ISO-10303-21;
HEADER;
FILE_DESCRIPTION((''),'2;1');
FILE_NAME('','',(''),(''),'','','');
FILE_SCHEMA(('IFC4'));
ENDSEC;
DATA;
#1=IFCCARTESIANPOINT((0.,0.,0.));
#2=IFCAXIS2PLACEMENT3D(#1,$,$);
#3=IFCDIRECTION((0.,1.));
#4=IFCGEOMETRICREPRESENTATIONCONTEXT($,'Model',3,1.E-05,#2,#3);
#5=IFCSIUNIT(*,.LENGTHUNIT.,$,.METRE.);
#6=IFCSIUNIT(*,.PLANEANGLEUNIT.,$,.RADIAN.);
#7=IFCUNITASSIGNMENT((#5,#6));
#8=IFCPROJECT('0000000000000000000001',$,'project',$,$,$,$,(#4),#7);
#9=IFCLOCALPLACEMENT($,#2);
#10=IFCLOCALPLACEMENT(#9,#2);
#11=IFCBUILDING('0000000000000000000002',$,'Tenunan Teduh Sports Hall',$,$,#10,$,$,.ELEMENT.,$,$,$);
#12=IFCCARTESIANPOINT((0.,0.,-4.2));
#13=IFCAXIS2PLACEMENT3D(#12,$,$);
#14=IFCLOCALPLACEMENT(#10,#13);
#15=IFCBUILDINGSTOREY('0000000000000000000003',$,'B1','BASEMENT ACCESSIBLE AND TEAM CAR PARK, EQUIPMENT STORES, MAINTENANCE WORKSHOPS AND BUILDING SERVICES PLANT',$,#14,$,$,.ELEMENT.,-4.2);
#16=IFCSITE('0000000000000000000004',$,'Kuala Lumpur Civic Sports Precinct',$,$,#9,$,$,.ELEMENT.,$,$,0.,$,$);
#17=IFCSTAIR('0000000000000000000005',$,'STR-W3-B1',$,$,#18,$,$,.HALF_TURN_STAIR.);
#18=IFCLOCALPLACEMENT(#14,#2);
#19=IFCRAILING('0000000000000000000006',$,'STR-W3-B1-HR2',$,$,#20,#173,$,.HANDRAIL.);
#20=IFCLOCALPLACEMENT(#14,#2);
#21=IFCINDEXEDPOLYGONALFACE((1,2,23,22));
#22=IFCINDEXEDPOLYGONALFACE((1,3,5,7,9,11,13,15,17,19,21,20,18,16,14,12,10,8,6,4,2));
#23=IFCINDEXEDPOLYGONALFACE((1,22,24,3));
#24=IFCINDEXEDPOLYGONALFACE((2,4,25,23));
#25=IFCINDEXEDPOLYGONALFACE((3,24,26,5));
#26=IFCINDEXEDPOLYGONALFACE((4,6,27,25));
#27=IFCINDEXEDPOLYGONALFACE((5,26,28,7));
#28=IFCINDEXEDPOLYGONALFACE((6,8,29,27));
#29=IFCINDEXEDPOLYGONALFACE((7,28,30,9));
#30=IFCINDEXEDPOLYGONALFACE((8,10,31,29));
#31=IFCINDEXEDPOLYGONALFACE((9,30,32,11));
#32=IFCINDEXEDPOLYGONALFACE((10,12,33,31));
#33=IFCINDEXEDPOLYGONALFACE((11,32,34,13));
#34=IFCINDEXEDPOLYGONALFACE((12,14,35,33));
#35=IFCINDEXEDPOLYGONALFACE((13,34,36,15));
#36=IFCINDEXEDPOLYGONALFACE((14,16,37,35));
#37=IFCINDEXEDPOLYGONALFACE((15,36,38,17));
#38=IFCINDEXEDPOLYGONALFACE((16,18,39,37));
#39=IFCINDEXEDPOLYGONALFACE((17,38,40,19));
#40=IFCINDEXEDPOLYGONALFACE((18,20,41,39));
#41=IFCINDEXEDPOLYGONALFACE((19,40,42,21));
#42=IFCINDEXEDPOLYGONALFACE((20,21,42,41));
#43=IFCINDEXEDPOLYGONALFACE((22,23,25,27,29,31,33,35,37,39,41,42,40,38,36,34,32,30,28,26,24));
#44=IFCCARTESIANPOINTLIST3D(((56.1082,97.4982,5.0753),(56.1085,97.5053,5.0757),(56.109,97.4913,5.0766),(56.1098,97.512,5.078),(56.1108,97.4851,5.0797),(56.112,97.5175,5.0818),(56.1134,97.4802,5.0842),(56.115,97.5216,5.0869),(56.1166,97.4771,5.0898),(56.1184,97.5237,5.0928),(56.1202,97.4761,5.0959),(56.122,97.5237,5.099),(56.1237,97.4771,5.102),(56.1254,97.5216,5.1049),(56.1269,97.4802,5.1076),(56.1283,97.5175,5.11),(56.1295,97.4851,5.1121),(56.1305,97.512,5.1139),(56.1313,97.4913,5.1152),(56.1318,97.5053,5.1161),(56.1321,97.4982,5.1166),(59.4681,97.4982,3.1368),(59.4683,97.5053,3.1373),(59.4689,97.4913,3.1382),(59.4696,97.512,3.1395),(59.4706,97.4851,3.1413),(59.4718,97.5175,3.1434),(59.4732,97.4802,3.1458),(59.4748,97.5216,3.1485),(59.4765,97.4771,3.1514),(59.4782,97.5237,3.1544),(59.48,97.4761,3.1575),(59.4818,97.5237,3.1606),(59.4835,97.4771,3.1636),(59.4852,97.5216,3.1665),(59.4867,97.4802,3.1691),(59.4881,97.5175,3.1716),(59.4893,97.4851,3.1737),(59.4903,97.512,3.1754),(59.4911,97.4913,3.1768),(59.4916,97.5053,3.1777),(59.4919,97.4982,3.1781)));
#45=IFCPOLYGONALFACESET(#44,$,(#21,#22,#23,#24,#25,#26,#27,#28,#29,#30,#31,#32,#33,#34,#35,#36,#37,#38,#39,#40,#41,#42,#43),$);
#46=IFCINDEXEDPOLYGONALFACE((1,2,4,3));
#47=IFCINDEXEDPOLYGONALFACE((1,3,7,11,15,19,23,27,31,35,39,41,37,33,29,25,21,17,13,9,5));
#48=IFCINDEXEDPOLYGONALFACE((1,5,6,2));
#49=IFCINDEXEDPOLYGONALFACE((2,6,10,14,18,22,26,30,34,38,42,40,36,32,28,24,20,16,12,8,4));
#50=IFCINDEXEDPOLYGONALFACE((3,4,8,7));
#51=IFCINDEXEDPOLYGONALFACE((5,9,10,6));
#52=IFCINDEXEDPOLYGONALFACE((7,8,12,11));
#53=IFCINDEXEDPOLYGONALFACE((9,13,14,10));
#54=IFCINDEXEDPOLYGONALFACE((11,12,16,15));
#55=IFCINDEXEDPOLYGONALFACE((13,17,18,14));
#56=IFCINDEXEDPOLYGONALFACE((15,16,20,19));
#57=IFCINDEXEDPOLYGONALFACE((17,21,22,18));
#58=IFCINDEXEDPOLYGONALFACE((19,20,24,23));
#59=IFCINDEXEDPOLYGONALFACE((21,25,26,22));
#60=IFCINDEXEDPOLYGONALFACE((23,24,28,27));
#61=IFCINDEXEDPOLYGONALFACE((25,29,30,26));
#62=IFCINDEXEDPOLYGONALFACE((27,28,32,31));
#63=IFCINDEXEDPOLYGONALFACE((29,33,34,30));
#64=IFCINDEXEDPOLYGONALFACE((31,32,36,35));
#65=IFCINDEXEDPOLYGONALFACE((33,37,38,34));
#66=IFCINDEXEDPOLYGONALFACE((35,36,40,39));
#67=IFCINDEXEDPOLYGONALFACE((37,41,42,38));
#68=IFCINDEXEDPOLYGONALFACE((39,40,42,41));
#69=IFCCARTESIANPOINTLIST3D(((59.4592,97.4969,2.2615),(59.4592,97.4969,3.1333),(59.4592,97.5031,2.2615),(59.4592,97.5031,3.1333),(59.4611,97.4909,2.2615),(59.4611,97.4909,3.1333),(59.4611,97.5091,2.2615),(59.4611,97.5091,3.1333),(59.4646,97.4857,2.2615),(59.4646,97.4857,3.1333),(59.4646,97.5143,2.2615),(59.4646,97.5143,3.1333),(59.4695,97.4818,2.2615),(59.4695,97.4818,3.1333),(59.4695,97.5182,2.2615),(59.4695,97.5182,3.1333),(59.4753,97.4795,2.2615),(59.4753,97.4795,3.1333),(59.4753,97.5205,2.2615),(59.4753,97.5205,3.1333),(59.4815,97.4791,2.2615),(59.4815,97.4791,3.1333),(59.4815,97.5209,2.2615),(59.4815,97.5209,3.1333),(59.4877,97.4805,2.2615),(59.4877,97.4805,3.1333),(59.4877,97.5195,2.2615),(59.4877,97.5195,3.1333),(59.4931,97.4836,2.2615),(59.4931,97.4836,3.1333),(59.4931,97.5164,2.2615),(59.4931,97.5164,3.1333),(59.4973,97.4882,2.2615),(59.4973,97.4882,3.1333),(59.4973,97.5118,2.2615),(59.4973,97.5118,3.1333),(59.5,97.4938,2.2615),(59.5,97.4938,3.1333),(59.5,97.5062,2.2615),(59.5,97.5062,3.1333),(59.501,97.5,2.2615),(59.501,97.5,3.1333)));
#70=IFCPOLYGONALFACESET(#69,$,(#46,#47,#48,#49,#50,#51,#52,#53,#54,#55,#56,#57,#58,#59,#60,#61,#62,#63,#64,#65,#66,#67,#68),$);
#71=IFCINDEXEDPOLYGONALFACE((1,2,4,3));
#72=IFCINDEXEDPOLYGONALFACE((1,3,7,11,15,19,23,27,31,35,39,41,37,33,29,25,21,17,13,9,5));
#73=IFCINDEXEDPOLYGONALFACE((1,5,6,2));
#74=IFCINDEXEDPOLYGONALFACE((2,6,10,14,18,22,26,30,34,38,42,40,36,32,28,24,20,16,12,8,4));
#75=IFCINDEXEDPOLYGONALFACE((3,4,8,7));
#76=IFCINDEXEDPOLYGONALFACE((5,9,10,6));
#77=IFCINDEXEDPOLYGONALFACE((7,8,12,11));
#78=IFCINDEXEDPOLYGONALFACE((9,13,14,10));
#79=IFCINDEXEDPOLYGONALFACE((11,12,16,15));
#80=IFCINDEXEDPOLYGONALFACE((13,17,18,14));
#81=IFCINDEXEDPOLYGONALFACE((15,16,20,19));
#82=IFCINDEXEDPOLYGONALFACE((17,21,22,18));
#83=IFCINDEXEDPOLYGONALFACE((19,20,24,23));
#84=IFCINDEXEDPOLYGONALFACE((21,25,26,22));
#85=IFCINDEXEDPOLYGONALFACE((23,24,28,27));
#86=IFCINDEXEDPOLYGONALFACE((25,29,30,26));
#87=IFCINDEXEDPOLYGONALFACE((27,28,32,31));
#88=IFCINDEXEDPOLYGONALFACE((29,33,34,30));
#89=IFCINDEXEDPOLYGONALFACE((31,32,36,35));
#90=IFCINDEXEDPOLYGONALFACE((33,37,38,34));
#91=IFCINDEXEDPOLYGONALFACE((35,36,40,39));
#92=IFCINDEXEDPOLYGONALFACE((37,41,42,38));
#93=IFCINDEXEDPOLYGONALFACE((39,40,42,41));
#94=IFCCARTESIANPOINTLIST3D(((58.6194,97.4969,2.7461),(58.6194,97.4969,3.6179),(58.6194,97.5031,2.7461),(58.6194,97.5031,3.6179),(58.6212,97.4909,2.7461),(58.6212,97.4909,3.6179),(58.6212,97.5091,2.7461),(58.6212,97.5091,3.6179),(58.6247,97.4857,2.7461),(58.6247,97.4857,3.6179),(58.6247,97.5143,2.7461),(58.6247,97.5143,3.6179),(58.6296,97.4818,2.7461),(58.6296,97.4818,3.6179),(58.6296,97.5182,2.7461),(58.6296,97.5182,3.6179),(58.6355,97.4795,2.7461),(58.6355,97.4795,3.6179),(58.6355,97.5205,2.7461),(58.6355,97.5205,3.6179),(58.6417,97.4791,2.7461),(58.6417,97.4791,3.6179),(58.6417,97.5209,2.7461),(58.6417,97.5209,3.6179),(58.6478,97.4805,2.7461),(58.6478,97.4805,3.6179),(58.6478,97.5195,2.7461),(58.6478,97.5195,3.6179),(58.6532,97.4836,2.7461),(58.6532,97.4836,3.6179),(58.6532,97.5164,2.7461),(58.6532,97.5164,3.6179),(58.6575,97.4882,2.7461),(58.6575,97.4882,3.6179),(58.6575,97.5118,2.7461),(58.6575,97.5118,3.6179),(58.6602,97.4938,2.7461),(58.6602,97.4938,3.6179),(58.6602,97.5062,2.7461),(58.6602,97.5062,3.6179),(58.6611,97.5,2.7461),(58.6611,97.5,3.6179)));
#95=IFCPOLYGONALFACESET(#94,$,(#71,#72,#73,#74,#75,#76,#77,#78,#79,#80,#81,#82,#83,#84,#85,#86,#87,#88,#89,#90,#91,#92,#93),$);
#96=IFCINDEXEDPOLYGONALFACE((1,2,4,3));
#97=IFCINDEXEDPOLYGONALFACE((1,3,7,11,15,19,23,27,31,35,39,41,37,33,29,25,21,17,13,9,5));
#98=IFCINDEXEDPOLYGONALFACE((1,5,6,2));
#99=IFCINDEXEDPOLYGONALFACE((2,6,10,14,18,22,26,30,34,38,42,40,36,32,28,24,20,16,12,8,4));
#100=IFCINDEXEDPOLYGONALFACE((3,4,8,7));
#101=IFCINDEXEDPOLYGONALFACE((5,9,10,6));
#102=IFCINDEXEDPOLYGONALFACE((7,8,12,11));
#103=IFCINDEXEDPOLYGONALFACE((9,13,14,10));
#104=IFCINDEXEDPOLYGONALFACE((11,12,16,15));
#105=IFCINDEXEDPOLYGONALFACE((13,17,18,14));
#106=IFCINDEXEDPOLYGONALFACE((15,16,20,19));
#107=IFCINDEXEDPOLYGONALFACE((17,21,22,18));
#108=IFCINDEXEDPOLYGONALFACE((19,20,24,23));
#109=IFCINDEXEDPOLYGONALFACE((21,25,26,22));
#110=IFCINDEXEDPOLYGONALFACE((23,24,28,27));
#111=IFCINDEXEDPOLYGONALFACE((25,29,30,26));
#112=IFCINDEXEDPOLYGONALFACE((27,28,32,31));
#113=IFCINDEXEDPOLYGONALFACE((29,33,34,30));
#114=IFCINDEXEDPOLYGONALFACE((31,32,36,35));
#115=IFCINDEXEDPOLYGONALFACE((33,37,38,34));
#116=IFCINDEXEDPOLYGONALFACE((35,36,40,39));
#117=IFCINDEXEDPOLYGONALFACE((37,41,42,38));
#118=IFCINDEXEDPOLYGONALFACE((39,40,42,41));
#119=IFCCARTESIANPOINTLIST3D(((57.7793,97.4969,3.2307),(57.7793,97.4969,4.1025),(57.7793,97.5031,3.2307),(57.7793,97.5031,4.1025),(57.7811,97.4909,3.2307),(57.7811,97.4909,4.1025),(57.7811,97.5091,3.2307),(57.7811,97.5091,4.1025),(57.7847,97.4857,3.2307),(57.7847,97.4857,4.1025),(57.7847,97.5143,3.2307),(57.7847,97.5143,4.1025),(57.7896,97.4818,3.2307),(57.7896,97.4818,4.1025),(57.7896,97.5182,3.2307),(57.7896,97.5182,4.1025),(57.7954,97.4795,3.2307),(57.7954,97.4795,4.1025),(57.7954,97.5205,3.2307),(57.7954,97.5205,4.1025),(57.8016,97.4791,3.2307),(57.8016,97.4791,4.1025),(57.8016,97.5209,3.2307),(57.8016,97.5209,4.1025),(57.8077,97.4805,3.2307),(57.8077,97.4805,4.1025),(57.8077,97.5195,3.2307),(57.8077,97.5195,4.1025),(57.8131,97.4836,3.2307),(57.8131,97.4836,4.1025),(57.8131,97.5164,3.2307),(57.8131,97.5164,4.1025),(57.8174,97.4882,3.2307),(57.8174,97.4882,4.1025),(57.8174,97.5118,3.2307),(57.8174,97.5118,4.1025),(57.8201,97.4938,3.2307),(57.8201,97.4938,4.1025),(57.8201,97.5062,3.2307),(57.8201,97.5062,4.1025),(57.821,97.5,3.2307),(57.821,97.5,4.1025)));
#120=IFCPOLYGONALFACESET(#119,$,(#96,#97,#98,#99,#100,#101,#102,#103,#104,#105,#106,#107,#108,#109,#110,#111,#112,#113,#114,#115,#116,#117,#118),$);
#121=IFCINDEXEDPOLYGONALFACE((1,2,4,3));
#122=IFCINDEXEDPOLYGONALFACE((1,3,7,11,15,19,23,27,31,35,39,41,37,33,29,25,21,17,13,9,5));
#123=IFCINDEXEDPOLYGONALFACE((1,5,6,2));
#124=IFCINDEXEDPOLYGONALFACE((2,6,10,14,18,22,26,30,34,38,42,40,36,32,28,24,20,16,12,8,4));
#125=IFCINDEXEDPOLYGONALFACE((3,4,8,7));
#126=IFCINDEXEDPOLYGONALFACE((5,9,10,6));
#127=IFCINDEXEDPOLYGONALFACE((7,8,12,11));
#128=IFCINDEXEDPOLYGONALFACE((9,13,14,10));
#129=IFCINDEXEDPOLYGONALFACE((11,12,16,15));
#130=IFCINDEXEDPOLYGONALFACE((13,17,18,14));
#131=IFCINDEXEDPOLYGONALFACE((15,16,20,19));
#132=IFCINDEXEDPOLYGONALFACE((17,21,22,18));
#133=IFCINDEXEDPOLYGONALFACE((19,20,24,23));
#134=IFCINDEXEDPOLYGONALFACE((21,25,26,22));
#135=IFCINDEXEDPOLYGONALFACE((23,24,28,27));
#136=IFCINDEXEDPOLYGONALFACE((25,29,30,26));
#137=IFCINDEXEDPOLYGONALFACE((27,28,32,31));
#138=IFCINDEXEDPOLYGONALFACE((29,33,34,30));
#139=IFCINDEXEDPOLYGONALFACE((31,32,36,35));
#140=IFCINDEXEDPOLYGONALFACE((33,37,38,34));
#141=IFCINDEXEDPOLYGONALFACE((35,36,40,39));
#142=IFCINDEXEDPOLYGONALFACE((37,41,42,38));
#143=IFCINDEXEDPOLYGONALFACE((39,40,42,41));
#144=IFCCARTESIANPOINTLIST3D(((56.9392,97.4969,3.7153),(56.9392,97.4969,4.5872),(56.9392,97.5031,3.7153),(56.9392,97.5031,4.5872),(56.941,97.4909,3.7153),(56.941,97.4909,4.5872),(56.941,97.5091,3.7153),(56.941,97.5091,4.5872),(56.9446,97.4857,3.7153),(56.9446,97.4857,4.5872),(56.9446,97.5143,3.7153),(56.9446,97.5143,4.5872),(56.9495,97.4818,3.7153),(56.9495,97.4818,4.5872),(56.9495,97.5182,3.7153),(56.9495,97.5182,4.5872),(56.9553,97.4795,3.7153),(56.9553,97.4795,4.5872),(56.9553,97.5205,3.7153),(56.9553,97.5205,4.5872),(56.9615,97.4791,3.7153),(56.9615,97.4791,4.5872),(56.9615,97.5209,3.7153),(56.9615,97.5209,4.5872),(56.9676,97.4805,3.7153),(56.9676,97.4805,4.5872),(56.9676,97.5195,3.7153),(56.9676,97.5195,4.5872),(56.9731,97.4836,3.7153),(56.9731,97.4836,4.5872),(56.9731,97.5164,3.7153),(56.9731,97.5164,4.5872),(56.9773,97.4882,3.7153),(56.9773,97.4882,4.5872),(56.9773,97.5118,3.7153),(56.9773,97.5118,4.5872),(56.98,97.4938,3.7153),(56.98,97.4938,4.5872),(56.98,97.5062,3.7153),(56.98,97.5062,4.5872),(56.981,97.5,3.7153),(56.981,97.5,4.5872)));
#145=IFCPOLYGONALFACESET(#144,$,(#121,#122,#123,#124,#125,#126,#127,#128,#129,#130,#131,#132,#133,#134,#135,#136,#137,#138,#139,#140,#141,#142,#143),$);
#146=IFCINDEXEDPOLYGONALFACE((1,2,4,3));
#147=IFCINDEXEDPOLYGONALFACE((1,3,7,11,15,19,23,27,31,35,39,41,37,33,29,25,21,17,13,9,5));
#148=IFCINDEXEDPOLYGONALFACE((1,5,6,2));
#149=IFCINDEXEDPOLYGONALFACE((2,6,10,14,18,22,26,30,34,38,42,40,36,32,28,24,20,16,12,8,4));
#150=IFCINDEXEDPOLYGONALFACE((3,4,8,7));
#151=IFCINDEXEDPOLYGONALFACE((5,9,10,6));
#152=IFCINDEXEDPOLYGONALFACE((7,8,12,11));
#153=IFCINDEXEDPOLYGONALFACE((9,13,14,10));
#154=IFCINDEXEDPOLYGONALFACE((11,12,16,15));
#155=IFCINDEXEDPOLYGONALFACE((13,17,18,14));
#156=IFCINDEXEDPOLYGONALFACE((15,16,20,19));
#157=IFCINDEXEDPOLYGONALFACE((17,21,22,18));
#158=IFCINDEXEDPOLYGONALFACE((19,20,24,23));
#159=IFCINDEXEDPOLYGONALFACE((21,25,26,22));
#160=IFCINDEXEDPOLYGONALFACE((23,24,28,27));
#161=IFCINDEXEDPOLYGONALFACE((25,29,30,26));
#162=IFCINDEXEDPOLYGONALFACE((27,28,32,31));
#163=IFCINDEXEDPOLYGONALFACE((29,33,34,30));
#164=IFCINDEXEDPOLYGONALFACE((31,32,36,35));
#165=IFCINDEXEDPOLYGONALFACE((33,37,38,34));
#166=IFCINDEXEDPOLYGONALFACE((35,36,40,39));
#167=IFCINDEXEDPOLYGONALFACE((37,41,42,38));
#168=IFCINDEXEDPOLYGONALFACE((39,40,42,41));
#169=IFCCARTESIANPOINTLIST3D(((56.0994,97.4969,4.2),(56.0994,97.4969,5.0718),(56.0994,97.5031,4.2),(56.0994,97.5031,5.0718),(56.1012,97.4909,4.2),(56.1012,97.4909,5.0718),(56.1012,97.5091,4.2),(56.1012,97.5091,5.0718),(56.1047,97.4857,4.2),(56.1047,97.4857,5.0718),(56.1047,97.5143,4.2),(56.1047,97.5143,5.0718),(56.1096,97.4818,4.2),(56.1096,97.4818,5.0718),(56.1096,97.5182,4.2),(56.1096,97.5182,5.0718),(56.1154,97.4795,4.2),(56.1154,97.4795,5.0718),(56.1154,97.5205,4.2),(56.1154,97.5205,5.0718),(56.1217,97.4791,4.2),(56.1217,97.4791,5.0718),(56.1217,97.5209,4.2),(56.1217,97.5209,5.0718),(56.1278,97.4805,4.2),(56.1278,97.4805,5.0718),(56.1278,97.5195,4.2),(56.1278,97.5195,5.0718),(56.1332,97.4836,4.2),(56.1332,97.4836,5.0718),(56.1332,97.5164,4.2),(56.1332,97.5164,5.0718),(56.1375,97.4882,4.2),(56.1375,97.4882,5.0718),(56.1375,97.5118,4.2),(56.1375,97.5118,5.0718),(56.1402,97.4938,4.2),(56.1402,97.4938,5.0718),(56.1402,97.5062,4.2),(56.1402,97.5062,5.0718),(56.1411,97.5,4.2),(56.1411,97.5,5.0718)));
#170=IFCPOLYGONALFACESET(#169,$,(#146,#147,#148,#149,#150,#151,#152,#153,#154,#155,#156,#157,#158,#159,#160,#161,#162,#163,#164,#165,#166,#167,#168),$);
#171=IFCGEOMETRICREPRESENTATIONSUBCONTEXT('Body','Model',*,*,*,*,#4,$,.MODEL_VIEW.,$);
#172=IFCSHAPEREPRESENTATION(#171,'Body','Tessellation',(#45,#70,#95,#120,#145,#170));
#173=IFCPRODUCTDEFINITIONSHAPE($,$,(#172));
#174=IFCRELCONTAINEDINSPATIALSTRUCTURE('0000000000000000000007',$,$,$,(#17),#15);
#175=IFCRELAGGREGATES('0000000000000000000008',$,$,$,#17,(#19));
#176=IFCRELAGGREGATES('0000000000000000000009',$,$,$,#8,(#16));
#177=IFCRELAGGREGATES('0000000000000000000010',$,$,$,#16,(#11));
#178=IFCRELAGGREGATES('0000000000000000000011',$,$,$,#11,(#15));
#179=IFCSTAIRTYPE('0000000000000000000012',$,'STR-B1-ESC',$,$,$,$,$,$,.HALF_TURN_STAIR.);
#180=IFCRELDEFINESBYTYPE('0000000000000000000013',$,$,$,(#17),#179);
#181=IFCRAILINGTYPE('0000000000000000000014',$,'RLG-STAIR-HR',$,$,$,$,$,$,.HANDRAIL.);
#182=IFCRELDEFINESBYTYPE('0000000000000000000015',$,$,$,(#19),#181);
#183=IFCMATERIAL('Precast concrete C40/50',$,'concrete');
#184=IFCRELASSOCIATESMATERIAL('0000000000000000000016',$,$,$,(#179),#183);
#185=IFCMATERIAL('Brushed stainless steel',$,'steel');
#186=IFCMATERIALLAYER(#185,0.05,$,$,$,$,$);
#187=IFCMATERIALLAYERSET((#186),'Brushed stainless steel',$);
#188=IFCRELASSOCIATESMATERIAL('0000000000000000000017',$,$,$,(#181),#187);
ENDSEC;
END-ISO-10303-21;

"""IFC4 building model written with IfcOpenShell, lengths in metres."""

from ifc_helpers import new_model, si_unit, direction, frame, origin, origin_2d, place, context, subcontext, project, spatial, circle, extrude, material, layer, layer_set, type_object, element, aggregate, save


model = new_model("IFC4")

# Units and contexts
model_context = context("Model", 3, precision=1e-05, world=origin(), true_north=direction((0.0, 1.0)))
body_context = subcontext(model_context, "Body", "Model", "MODEL_VIEW")
ifc_project = project(units=[si_unit("LENGTHUNIT", "METRE"), si_unit("PLANEANGLEUNIT", "RADIAN")], contexts=[model_context])

# Site, building, storey
site_placement = place(None, origin())
site = spatial("IfcSite", under=ifc_project, at=site_placement, Name="Kuala Lumpur Civic Sports Precinct", CompositionType="ELEMENT", RefElevation=0.0)
building_placement = place(site_placement, origin())
building = spatial("IfcBuilding", under=site, at=building_placement, Name="Tenunan Teduh Sports Hall", CompositionType="ELEMENT")
storey_placement = place(building_placement, frame((0.0, 0.0, -4.2)))
storey = spatial("IfcBuildingStorey", under=building, at=storey_placement, Name="B1", Description="BASEMENT ACCESSIBLE AND TEAM CAR PARK, EQUIPMENT STORES, MAINTENANCE WORKSHOPS AND BUILDING SERVICES PLANT", CompositionType="ELEMENT", Elevation=-4.2)

# Stair
ifc_material_1 = material(Name="Precast concrete C40/50", Category="concrete")
stair_type = type_object("IfcStairType", Name="STR-B1-ESC", PredefinedType="HALF_TURN_STAIR", material=ifc_material_1)
stair_placement = place(storey_placement, origin())
stair = element("IfcStair", 1, at=stair_placement, inside=storey, type_object=stair_type, Name="STR-W3-B1", PredefinedType="HALF_TURN_STAIR")

# Railing
ifc_material_2 = material(Name="Brushed stainless steel", Category="steel")
ifc_layer_1 = layer(ifc_material_2, 0.05)
ifc_layer_set_1 = layer_set([ifc_layer_1], Name="Brushed stainless steel")
railing_type_1 = type_object("IfcRailingType", Name="RLG-STAIR-HR", PredefinedType="HANDRAIL", material=ifc_layer_set_1)
railing_1_placement = place(storey_placement, frame((59.48, 97.5, 2.2615)))
railing_1 = element("IfcRailing", 2, at=railing_1_placement, type_object=railing_type_1, Name="STR-W3-B1-HR2", PredefinedType="HANDRAIL", context=body_context, shape_type="SweptSolid", body=[
    extrude(circle(Radius=0.0239, at=origin_2d()), frame((0.0, 0.0, 0.896), z_axis=(-0.866175, 0.0, 0.499741), x_axis=(0.0, -1.0, 0.0)), (0.0, 0.0, 1.0), 3.8789),
    extrude(circle(Radius=0.021, at=origin_2d()), origin(), (0.0, 0.0, 1.0), 0.8718),
    extrude(circle(Radius=0.021, at=origin_2d()), frame((-0.8398, 0.0, 0.4846)), (0.0, 0.0, 1.0), 0.8718),
    extrude(circle(Radius=0.021, at=origin_2d()), frame((-1.6799, 0.0, 0.9692)), (0.0, 0.0, 1.0), 0.8718),
    extrude(circle(Radius=0.021, at=origin_2d()), frame((-2.52, 0.0, 1.4539)), (0.0, 0.0, 1.0), 0.8718),
    extrude(circle(Radius=0.021, at=origin_2d()), frame((-3.3599, 0.0, 1.9385)), (0.0, 0.0, 1.0), 0.8718),
])
aggregate(stair, [railing_1])

save(model, "model.ifc")
